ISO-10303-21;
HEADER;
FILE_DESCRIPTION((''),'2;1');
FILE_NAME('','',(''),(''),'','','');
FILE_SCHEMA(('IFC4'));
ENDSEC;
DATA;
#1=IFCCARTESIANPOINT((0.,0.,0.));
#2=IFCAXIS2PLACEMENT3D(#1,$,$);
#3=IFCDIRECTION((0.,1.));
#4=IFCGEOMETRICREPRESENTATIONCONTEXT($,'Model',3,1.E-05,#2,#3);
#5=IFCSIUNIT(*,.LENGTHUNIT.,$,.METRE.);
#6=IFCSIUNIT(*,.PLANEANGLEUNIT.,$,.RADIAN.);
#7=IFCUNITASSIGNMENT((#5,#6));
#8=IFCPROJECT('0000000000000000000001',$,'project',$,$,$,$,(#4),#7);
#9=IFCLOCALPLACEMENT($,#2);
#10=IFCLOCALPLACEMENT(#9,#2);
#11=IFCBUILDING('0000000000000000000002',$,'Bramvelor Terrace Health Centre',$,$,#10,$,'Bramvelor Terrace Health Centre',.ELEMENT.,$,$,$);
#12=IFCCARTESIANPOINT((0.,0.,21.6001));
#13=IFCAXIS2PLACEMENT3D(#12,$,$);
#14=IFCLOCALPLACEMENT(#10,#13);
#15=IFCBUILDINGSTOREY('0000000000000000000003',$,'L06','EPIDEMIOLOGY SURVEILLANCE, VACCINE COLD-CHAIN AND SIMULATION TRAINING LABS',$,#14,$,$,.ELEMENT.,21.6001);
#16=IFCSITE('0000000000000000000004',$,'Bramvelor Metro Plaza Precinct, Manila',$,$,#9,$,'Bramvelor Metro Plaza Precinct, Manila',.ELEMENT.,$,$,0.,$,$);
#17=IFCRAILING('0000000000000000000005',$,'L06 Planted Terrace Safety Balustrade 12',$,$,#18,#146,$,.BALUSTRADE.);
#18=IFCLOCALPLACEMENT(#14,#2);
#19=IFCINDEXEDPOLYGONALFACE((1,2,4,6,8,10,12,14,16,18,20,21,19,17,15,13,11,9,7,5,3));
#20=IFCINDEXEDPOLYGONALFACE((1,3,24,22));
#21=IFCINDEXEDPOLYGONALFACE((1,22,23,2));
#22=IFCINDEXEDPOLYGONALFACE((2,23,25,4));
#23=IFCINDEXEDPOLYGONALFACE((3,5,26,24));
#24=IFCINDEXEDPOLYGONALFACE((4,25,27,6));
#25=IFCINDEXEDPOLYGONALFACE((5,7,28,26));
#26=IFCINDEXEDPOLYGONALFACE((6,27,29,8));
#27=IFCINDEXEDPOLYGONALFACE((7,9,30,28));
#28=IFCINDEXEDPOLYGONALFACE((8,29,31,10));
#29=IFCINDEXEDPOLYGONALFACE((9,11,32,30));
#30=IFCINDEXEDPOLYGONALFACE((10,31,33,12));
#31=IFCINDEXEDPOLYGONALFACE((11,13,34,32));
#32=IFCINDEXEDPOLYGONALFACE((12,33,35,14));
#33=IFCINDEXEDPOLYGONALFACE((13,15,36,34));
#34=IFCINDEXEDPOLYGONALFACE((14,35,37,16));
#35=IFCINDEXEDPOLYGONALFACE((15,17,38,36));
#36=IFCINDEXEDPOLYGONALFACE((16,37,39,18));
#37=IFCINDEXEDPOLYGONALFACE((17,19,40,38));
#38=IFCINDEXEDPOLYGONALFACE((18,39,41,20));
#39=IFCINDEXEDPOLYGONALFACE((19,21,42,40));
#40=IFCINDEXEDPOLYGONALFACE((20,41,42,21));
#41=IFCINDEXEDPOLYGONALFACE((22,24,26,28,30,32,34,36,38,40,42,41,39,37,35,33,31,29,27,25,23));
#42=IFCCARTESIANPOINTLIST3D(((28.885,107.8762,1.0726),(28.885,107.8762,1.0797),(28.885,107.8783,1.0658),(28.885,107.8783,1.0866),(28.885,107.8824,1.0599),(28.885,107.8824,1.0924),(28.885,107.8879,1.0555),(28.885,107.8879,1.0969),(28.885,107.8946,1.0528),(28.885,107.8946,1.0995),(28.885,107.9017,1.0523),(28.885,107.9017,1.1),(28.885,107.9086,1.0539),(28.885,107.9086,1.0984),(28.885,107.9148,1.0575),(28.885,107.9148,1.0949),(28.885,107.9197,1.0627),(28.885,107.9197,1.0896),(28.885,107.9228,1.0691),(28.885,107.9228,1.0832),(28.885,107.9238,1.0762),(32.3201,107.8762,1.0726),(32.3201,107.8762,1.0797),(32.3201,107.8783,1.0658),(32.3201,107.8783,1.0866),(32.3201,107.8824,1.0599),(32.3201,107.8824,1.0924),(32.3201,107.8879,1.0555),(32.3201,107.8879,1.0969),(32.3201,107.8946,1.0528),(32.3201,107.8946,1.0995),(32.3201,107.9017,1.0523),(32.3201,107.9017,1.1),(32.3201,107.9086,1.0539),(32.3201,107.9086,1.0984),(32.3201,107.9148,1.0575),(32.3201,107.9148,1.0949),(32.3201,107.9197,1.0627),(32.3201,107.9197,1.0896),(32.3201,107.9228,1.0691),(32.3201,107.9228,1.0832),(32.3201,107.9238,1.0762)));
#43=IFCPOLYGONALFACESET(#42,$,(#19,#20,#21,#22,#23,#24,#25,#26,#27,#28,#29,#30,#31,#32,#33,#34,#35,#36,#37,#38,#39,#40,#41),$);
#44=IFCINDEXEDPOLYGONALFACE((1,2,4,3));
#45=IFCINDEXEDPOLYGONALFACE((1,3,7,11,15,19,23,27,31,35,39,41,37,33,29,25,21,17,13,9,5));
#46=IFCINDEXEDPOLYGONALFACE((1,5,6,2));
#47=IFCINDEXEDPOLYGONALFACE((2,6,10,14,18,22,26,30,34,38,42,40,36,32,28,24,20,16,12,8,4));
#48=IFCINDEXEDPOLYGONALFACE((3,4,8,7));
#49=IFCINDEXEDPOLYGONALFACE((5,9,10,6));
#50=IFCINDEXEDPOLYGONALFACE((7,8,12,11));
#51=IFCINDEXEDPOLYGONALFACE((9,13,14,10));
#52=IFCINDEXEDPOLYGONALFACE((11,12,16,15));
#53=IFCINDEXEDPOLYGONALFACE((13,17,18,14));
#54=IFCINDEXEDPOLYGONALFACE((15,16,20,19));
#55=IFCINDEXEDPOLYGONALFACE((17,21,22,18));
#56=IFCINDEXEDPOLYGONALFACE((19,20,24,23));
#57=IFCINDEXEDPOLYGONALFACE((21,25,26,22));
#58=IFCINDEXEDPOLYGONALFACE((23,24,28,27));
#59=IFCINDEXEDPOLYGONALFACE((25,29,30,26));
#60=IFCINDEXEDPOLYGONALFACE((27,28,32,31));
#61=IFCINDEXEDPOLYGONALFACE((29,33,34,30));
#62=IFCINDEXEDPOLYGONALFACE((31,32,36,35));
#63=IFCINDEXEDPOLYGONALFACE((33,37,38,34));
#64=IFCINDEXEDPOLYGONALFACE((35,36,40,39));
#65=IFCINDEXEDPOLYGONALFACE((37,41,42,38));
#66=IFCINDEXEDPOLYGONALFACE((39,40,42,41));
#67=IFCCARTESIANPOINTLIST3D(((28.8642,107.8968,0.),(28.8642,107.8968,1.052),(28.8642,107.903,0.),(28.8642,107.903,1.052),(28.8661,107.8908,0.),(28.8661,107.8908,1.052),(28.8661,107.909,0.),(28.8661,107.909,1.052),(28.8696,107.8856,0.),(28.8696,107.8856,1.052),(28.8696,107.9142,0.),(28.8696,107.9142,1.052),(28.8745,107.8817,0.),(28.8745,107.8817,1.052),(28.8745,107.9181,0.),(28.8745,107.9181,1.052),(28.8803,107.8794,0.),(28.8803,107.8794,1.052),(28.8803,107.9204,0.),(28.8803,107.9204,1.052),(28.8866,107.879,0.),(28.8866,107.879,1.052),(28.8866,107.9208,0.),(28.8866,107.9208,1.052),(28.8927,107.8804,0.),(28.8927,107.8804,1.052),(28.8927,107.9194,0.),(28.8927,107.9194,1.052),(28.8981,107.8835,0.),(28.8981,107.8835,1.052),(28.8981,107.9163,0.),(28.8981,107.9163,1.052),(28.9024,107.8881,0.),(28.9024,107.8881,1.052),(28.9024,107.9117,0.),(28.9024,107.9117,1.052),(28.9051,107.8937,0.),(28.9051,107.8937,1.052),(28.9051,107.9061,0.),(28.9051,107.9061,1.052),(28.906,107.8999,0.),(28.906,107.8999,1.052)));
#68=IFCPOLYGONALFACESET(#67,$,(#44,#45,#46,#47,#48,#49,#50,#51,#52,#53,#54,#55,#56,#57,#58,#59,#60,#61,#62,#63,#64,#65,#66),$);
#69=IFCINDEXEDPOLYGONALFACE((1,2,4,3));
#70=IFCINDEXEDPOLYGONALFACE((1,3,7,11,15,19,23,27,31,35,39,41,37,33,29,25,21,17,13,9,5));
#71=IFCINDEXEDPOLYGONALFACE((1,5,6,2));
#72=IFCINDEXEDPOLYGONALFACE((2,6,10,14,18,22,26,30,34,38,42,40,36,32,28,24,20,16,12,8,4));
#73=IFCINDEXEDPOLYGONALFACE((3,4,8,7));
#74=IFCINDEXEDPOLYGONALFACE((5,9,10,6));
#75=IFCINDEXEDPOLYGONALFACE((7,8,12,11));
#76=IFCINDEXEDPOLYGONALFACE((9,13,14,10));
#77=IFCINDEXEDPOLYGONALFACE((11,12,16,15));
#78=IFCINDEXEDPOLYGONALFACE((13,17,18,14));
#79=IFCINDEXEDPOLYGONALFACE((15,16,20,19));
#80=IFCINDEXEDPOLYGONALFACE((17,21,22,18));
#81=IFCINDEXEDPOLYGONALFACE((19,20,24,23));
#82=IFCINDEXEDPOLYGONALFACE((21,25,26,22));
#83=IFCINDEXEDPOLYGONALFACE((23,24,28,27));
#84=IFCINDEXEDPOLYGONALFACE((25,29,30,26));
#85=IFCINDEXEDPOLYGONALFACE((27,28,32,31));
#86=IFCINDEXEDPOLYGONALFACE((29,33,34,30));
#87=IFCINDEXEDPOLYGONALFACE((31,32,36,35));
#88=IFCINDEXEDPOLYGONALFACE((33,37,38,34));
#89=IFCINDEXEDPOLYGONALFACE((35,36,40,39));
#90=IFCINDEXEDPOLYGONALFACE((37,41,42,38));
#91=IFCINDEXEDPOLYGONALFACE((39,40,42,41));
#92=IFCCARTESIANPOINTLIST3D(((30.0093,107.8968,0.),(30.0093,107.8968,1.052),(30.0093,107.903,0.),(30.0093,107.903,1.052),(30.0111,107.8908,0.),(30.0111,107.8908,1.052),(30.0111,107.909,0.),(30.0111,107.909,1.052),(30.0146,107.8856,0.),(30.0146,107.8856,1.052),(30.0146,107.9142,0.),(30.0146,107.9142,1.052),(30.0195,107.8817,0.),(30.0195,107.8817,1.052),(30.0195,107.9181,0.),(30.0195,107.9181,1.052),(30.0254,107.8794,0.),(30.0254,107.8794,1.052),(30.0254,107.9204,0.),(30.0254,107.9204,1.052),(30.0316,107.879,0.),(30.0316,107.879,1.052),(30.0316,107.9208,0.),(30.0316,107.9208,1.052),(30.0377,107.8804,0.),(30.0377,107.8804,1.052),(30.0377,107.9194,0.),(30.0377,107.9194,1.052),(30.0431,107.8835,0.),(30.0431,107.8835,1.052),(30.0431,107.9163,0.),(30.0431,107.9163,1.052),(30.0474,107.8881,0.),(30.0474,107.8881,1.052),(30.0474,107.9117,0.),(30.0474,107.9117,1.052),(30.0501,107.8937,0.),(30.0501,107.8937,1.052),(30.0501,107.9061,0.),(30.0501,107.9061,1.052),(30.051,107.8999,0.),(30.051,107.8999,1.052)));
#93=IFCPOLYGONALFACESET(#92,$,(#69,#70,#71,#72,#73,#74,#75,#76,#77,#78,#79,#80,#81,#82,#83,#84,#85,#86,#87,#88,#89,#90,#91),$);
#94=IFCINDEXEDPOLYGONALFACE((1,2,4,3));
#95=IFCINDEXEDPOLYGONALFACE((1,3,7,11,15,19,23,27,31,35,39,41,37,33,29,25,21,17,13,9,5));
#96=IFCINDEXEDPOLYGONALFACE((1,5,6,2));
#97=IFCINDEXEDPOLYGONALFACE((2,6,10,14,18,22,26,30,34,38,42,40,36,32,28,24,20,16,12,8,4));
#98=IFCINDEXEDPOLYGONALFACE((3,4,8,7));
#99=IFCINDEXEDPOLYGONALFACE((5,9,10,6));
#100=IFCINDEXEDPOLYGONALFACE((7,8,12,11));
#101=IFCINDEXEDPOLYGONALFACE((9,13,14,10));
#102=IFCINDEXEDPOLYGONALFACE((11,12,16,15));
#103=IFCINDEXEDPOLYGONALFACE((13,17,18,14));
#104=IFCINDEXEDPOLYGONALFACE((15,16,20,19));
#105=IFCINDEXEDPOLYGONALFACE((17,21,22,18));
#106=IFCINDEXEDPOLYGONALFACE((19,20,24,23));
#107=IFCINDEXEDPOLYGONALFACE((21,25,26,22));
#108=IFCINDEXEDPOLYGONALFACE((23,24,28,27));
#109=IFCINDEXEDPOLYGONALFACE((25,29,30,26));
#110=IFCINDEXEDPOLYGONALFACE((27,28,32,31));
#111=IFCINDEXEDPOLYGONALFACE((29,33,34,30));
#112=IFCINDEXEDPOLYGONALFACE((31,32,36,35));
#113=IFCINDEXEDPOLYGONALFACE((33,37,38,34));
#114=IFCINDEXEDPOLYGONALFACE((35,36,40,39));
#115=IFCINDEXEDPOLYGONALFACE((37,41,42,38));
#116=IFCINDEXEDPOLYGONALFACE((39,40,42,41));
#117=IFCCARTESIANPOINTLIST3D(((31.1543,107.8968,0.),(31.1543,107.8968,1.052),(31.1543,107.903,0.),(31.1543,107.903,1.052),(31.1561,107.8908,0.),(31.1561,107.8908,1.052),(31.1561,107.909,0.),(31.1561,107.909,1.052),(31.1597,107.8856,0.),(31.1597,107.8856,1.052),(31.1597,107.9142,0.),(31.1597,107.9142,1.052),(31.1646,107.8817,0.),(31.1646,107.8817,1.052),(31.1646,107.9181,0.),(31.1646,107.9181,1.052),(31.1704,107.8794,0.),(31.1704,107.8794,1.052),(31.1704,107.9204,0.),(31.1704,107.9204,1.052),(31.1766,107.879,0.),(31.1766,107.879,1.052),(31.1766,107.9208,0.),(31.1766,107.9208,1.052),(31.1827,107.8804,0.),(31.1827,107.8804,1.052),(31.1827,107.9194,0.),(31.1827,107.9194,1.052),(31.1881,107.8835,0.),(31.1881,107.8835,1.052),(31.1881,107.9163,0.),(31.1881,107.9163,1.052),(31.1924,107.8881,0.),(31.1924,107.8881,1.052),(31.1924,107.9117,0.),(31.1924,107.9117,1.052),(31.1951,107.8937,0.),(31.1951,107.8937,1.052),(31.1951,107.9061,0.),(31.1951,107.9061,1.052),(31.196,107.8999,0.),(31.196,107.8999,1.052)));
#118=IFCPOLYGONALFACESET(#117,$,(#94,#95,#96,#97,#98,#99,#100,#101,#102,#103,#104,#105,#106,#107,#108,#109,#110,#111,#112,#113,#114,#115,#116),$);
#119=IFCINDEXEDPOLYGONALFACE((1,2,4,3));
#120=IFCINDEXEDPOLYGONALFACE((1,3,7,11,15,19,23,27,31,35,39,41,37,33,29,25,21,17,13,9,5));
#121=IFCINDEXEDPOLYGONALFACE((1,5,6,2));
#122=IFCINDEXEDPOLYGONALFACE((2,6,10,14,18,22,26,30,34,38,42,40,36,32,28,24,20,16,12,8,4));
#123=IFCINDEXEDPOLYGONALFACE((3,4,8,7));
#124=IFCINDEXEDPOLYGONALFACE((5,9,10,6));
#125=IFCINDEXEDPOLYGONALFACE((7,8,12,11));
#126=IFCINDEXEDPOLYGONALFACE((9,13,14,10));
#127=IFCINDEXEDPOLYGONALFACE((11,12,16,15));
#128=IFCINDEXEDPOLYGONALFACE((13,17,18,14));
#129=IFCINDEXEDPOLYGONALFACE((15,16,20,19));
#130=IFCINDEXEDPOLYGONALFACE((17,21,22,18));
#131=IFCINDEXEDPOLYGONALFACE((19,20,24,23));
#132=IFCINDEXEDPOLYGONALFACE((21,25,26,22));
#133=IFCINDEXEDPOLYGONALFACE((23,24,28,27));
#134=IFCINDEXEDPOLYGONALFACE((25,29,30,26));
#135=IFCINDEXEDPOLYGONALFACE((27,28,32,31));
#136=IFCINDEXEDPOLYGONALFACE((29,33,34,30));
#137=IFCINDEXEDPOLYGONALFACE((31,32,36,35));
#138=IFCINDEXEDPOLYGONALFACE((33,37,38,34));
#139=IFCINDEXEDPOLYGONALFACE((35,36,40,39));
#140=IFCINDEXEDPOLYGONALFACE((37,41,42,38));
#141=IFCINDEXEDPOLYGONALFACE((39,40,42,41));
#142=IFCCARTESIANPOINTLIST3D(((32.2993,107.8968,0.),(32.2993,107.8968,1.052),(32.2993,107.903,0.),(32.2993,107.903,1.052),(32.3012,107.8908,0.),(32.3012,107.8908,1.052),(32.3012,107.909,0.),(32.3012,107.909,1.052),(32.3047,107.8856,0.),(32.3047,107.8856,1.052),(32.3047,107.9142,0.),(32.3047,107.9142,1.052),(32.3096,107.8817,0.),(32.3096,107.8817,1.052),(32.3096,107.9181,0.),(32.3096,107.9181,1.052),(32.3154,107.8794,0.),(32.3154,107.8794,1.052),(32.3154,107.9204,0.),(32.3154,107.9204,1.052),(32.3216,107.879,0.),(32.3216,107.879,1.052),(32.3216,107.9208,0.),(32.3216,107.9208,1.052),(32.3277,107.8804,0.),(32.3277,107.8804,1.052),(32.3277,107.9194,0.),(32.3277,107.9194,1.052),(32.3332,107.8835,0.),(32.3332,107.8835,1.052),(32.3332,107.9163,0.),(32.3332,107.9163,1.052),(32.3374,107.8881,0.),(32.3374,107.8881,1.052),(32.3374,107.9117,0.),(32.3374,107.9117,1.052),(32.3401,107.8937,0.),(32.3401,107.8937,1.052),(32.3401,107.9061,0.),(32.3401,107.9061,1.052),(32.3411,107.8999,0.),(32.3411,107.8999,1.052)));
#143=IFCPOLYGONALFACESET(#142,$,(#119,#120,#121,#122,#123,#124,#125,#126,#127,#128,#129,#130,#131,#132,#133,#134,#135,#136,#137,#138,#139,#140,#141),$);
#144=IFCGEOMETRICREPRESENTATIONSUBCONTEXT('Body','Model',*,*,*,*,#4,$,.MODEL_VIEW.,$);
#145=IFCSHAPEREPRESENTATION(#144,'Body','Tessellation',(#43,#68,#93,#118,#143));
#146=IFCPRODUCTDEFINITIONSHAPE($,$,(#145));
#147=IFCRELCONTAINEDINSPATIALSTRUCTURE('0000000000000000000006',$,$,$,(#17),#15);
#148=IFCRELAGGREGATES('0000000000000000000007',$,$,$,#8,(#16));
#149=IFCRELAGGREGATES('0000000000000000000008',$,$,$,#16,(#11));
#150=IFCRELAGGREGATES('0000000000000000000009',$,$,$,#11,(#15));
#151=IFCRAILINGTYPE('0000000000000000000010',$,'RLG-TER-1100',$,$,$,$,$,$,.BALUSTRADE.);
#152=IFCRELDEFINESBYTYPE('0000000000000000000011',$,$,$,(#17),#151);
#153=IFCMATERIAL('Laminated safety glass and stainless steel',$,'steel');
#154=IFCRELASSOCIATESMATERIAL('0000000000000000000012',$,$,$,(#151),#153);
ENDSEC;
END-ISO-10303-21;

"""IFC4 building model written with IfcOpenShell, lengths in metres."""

from ifc_helpers import new_model, si_unit, direction, frame, origin, origin_2d, place, context, subcontext, project, spatial, circle, extrude, material, type_object, element, save


model = new_model("IFC4")

# Units and contexts
model_context = context("Model", 3, precision=1e-05, world=origin(), true_north=direction((0.0, 1.0)))
body_context = subcontext(model_context, "Body", "Model", "MODEL_VIEW")
ifc_project = project(units=[si_unit("LENGTHUNIT", "METRE"), si_unit("PLANEANGLEUNIT", "RADIAN")], contexts=[model_context])

# Site, building, storey
site_placement = place(None, origin())
site = spatial("IfcSite", under=ifc_project, at=site_placement, Name="Bramvelor Metro Plaza Precinct, Manila", LongName="Bramvelor Metro Plaza Precinct, Manila", CompositionType="ELEMENT", RefElevation=0.0)
building_placement = place(site_placement, origin())
building = spatial("IfcBuilding", under=site, at=building_placement, Name="Bramvelor Terrace Health Centre", LongName="Bramvelor Terrace Health Centre", CompositionType="ELEMENT")
storey_placement = place(building_placement, frame((0.0, 0.0, 21.6001)))
storey = spatial("IfcBuildingStorey", under=building, at=storey_placement, Name="L06", Description="EPIDEMIOLOGY SURVEILLANCE, VACCINE COLD-CHAIN AND SIMULATION TRAINING LABS", CompositionType="ELEMENT", Elevation=21.6001)

# Railing
ifc_material_1 = material(Name="Laminated safety glass and stainless steel", Category="steel")
railing_type = type_object("IfcRailingType", Name="RLG-TER-1100", PredefinedType="BALUSTRADE", material=ifc_material_1)
railing_1_placement = place(storey_placement, frame((28.885, 107.8999, 0.0)))
element("IfcRailing", 1, at=railing_1_placement, inside=storey, type_object=railing_type, Name="L06 Planted Terrace Safety Balustrade 12", PredefinedType="BALUSTRADE", context=body_context, shape_type="SweptSolid", body=[
    extrude(circle(Radius=0.0239, at=origin_2d()), frame((0.0, 0.0, 1.0762), z_axis=(1.0, 0.0, 0.0), x_axis=(0.0, 1.0, 0.0)), (0.0, 0.0, 1.0), 3.4351),
    extrude(circle(Radius=0.021, at=origin_2d()), origin(), (0.0, 0.0, 1.0), 1.052),
    extrude(circle(Radius=0.021, at=origin_2d()), frame((1.145, 0.0, 0.0)), (0.0, 0.0, 1.0), 1.052),
    extrude(circle(Radius=0.021, at=origin_2d()), frame((2.29, 0.0, 0.0)), (0.0, 0.0, 1.0), 1.052),
    extrude(circle(Radius=0.021, at=origin_2d()), frame((3.4351, 0.0, 0.0)), (0.0, 0.0, 1.0), 1.052),
])

save(model, "model.ifc")
